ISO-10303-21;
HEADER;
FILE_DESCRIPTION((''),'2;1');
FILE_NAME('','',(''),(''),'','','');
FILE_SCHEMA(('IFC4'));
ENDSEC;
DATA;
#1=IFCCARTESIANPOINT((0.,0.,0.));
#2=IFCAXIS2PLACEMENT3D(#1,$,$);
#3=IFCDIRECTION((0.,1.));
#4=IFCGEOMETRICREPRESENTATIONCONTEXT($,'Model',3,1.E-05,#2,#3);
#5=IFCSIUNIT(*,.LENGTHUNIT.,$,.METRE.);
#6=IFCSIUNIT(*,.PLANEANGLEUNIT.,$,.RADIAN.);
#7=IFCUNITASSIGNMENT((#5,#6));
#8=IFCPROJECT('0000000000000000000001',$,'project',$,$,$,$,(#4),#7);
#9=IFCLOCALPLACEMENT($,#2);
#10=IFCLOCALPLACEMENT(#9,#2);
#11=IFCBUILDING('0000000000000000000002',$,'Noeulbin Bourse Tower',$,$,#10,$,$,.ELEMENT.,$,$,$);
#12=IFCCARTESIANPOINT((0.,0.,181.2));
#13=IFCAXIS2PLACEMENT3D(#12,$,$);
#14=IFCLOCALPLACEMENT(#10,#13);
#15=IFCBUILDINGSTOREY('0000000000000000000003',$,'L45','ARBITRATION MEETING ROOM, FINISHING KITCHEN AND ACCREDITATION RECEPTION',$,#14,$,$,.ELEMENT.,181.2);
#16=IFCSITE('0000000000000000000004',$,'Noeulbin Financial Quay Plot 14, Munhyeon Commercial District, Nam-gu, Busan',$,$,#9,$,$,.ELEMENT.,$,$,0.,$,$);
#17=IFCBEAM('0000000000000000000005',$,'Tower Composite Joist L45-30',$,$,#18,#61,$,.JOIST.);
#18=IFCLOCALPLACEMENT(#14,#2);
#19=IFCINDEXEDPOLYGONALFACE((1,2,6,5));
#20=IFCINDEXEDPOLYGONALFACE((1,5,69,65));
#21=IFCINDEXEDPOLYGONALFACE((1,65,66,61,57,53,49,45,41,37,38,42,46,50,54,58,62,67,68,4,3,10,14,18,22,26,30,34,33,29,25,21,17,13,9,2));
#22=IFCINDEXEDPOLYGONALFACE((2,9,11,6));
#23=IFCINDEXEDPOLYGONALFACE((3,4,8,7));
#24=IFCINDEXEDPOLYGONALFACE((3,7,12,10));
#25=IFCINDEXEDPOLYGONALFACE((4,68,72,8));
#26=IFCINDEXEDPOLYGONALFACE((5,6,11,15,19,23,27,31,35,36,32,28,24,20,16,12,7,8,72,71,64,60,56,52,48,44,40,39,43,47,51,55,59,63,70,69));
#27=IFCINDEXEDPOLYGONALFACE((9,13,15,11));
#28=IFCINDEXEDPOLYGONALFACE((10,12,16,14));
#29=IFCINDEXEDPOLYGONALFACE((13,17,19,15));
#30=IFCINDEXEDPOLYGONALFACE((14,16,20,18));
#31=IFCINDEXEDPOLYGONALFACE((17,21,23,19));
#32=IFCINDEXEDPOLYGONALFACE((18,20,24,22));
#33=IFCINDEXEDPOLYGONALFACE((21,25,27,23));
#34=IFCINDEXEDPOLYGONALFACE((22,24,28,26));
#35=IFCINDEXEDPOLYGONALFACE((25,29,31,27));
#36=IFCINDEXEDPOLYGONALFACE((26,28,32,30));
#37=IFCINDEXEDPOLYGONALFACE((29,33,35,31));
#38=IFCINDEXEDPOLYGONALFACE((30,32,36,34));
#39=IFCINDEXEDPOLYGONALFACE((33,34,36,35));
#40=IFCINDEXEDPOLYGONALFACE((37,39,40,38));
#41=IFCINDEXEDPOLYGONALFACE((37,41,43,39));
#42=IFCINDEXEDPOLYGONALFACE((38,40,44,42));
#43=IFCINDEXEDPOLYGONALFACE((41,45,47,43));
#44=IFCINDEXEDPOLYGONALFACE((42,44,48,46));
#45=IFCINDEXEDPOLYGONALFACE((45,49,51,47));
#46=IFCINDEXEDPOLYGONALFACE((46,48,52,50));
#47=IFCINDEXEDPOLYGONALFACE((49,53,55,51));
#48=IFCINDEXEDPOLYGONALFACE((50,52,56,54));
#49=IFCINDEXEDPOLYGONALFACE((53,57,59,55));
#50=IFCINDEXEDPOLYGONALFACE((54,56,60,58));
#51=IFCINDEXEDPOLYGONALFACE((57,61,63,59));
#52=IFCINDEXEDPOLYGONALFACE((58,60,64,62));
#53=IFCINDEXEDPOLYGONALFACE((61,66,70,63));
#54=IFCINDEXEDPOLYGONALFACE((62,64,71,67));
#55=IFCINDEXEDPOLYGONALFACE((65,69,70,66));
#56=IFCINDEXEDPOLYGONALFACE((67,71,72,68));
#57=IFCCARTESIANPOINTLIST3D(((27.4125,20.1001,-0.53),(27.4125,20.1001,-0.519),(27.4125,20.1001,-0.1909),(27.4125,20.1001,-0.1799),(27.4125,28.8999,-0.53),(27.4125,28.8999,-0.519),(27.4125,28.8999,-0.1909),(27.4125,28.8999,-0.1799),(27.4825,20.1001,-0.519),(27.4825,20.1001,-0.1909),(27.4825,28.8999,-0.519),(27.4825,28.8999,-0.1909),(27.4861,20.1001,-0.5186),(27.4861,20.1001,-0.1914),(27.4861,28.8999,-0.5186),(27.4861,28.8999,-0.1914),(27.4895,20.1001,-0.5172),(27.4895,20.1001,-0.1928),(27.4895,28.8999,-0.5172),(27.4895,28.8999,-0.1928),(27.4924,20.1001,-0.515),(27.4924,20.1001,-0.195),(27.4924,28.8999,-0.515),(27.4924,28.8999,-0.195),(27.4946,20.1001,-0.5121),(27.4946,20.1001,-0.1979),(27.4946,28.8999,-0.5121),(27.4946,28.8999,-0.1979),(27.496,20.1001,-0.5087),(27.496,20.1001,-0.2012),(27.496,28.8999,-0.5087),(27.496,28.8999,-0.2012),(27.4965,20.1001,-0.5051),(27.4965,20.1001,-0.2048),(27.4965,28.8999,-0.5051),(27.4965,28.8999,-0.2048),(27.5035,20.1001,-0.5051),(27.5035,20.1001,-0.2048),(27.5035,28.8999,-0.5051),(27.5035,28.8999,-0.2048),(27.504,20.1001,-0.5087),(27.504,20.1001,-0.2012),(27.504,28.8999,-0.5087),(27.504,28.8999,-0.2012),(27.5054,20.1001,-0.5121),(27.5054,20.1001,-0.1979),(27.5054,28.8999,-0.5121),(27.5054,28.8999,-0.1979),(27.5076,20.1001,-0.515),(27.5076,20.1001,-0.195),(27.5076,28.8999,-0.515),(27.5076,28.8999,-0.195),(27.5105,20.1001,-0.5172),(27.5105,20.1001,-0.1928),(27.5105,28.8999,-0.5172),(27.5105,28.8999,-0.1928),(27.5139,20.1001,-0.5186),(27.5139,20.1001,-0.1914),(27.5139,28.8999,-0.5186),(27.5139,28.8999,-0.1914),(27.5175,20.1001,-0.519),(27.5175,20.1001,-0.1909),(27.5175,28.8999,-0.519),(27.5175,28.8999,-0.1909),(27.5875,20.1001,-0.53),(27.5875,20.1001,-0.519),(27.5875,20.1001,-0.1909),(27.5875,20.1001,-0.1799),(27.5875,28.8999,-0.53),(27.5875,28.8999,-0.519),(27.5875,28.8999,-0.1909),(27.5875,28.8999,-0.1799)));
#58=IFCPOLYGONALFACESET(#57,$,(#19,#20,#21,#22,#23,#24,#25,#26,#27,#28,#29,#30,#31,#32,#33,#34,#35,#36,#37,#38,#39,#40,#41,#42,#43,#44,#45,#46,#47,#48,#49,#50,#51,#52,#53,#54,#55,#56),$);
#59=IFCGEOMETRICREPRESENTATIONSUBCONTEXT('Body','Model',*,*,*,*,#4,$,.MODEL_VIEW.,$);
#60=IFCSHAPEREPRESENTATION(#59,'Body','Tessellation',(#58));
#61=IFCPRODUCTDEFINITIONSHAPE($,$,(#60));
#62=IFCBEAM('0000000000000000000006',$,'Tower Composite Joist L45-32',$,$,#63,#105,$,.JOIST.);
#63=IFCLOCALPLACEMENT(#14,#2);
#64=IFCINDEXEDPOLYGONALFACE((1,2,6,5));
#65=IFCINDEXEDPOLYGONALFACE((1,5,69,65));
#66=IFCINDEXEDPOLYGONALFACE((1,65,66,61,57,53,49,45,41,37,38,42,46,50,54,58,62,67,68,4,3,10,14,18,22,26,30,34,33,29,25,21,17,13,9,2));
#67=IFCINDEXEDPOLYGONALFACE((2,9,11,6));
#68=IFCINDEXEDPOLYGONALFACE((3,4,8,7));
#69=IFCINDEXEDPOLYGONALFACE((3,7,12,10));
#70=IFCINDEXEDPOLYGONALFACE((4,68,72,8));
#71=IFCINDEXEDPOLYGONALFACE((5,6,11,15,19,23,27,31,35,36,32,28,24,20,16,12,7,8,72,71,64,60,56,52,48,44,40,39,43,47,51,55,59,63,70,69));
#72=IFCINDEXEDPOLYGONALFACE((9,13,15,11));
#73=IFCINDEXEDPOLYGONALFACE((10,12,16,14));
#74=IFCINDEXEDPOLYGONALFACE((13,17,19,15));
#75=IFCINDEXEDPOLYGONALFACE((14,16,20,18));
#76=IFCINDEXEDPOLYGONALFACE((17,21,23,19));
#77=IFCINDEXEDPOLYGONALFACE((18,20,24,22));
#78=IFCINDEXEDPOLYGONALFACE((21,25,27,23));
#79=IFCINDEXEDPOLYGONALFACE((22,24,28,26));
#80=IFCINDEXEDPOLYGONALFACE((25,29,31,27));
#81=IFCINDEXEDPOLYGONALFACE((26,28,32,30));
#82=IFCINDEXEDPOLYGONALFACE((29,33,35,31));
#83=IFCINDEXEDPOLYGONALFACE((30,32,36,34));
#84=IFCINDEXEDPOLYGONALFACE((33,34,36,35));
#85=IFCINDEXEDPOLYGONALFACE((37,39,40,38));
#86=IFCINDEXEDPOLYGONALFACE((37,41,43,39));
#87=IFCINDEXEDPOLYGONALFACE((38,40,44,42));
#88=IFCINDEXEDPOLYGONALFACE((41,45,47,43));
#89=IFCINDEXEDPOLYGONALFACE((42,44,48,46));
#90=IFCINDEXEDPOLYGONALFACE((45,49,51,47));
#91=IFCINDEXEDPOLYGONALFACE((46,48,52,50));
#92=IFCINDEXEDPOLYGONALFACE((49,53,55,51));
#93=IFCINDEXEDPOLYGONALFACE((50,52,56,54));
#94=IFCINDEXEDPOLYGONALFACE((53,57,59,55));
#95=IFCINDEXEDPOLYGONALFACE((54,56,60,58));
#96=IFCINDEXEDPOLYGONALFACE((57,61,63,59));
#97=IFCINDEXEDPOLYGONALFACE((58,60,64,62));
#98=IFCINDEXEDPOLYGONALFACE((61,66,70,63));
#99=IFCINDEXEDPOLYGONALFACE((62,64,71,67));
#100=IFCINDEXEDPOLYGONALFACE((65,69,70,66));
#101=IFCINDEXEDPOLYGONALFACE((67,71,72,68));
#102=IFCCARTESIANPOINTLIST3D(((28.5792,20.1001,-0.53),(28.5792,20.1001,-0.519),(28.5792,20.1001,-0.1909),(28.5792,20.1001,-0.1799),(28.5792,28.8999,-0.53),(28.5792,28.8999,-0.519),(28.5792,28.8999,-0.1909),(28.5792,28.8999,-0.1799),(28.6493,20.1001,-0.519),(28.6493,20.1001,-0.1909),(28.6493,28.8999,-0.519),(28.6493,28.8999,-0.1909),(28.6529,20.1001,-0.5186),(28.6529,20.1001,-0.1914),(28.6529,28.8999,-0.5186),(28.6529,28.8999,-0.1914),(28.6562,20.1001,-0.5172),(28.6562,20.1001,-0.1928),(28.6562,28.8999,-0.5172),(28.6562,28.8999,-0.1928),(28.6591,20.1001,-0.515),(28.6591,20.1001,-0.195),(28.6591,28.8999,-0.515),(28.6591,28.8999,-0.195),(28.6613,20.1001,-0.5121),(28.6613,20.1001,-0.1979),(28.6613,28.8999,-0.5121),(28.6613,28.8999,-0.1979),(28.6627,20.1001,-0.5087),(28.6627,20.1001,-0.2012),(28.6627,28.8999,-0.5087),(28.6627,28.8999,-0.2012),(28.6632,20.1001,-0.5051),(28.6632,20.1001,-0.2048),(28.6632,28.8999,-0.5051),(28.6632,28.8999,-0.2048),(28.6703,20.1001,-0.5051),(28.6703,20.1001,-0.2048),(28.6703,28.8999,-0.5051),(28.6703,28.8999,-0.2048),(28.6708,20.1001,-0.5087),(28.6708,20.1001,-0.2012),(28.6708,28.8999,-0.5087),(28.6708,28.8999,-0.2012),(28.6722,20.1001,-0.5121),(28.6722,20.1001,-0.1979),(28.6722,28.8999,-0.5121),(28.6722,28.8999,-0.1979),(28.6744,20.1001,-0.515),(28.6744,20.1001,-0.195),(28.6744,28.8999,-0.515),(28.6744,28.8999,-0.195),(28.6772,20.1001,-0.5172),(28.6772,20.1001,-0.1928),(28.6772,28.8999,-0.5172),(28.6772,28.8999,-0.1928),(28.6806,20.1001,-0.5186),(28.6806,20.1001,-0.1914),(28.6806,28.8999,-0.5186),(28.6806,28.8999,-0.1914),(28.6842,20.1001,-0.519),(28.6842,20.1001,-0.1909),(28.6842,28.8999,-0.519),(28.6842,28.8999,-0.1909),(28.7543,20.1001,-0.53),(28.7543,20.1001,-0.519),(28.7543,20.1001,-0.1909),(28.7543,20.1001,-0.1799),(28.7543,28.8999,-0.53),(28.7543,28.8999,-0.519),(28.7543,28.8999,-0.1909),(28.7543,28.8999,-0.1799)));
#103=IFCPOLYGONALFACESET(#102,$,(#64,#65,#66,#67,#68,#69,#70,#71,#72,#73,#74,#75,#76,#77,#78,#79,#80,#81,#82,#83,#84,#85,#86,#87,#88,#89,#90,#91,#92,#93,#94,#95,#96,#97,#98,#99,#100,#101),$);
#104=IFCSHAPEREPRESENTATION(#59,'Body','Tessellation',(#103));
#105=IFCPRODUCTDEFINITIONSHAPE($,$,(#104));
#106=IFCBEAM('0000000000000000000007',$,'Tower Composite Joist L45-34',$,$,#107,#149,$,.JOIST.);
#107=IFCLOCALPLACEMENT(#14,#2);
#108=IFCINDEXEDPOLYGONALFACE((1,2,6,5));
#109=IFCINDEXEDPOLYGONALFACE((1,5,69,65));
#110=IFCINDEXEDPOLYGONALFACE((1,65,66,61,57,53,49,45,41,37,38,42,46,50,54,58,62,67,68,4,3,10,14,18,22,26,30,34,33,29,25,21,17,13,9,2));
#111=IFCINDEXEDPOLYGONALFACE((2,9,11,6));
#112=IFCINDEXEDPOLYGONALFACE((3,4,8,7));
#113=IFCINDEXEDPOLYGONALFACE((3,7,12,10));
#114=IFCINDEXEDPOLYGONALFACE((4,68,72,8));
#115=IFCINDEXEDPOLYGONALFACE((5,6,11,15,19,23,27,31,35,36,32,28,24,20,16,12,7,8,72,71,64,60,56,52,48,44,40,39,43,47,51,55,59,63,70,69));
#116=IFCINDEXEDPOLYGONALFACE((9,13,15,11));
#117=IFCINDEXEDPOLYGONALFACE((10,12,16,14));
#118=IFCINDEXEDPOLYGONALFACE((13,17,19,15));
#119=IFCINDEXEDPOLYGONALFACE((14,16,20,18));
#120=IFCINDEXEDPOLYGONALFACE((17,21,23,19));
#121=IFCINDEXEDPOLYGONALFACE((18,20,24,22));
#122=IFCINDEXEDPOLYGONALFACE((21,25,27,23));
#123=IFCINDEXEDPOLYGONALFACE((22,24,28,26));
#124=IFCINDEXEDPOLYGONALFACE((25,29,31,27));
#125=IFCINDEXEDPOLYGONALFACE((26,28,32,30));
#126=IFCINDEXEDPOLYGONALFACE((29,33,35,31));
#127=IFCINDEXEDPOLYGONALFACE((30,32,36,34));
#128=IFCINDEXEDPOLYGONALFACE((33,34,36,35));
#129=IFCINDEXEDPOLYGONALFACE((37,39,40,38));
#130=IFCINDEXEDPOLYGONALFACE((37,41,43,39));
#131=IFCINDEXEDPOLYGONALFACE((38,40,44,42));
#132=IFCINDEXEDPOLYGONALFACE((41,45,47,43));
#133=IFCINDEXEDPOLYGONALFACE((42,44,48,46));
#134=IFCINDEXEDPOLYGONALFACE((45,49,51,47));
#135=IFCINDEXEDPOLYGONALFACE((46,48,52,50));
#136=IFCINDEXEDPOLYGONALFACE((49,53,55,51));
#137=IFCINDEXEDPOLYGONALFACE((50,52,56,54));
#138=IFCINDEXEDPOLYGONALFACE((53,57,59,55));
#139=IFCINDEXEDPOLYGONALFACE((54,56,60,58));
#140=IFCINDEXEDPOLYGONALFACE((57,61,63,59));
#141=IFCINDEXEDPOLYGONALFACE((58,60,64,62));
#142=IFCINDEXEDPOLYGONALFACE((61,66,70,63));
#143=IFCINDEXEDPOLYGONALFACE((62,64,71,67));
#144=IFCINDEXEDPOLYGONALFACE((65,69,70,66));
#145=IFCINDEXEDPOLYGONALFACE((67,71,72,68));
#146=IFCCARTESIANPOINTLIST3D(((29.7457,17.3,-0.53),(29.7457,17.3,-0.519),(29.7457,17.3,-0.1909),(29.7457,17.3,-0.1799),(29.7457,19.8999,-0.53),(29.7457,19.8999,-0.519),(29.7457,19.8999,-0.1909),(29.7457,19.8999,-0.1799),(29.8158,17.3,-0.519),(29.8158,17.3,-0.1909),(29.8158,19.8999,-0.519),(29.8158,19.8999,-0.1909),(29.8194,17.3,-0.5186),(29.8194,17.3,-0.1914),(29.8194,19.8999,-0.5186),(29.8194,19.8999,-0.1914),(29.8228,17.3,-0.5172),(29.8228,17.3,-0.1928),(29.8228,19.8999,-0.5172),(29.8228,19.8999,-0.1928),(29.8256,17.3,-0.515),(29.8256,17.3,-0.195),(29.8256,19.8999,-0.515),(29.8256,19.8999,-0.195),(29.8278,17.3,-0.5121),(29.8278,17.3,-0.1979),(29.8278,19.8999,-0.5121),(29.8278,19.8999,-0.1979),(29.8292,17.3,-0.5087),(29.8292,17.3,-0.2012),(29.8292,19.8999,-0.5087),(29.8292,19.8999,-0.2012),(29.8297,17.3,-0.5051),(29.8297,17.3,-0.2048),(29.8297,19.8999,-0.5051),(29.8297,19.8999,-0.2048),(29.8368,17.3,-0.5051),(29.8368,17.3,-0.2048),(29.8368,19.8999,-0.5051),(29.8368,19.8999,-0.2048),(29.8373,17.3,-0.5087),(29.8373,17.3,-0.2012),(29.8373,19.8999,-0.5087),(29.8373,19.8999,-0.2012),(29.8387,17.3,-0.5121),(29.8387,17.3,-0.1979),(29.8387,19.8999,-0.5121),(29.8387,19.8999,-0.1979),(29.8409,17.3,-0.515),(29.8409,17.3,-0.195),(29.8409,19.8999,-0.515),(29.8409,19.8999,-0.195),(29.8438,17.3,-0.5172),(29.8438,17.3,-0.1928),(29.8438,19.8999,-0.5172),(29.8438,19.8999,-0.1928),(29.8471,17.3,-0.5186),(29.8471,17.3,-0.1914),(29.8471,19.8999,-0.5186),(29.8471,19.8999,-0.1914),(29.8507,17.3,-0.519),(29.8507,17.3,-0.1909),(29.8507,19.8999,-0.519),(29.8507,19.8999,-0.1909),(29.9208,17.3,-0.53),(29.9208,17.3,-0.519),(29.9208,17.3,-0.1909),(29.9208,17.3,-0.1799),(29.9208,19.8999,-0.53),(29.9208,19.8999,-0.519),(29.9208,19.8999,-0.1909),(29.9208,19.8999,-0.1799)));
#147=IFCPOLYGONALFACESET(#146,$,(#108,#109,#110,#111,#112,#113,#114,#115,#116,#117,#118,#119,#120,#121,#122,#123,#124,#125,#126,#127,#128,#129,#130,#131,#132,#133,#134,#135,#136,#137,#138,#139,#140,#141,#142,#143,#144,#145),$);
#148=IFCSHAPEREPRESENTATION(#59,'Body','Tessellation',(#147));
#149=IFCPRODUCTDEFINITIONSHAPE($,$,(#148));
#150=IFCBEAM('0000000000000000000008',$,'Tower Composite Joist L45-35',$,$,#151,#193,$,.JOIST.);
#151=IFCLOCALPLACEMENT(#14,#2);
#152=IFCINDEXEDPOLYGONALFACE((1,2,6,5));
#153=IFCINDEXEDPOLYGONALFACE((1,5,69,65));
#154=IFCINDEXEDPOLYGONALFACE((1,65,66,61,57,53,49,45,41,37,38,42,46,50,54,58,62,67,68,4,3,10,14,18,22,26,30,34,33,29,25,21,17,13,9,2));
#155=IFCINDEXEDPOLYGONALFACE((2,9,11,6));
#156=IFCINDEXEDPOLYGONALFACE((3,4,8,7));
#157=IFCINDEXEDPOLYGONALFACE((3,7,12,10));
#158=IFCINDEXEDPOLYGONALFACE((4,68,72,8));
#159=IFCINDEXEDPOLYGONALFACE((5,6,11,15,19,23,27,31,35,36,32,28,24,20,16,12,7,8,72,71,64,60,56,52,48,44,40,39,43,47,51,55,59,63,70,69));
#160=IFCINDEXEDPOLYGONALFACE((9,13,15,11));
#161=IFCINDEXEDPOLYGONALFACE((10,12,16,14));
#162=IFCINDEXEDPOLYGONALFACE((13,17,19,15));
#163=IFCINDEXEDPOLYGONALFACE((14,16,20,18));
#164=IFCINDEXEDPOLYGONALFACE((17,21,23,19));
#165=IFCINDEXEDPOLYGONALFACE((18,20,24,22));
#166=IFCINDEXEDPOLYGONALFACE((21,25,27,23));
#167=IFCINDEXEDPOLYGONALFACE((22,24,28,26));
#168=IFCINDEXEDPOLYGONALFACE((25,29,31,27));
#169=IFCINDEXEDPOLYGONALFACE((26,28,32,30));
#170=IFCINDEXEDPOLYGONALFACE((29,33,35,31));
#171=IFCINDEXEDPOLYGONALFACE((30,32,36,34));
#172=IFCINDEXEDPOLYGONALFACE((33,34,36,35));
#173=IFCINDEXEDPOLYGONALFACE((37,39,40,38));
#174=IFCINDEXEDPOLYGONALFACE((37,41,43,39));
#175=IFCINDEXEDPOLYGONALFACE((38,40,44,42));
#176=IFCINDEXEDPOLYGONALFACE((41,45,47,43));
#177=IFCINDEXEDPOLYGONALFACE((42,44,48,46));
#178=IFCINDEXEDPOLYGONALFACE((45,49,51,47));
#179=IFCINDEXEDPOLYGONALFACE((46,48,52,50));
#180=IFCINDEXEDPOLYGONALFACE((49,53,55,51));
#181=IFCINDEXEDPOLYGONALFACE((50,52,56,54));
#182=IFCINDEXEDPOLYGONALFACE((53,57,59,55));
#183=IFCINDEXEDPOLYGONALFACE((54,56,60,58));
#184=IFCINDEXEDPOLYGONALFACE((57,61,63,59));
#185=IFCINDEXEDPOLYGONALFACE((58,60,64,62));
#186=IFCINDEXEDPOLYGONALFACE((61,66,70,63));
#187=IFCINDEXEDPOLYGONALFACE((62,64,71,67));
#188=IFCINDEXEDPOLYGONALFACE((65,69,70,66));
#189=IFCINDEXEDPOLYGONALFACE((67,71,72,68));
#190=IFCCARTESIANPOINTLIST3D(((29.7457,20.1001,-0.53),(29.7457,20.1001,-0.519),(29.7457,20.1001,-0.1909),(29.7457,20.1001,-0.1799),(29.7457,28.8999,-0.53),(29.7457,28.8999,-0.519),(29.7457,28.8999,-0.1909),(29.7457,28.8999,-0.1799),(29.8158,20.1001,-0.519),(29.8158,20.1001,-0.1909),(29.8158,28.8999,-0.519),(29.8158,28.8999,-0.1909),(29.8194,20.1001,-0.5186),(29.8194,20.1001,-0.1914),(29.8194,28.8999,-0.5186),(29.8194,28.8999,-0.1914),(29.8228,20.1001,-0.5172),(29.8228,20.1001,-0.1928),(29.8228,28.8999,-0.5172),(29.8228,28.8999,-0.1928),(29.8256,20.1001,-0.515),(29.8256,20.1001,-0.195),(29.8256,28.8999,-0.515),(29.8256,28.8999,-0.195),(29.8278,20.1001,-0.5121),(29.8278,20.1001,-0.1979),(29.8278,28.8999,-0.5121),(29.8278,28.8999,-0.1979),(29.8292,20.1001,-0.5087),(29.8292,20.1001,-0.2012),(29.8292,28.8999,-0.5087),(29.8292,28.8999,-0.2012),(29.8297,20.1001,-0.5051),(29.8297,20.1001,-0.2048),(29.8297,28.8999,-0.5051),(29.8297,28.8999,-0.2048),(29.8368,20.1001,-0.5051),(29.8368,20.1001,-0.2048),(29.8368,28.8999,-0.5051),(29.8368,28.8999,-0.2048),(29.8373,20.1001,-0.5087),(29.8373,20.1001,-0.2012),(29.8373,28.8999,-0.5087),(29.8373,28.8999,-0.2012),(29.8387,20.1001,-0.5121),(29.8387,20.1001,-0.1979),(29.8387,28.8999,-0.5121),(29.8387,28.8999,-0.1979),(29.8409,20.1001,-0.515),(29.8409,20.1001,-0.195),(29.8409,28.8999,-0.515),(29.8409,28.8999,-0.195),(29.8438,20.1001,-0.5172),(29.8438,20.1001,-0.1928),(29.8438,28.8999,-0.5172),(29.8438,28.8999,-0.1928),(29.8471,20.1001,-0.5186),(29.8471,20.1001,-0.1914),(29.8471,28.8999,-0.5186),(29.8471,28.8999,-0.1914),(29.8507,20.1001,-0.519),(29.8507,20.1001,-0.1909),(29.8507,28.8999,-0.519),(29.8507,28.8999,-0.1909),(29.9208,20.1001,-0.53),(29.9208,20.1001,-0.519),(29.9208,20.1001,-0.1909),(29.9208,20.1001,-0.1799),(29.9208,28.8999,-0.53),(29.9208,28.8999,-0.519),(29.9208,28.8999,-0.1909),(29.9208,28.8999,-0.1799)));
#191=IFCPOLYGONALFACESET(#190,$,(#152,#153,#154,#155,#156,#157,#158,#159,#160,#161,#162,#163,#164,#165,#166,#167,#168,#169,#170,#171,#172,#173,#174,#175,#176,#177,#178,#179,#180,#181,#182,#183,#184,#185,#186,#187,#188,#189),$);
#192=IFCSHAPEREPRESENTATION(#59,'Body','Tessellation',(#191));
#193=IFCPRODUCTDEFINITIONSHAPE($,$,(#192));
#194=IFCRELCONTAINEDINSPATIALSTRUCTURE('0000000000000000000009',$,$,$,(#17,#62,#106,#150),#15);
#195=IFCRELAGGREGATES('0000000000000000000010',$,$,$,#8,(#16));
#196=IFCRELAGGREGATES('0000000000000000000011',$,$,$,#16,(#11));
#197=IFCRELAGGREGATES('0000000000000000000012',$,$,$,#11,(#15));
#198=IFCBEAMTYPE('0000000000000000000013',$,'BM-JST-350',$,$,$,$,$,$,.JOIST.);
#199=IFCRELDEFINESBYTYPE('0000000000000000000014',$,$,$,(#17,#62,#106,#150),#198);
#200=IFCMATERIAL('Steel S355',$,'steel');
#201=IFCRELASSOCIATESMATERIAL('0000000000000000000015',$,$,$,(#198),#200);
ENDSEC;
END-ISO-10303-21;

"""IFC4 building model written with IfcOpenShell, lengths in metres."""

from ifc_helpers import new_model, si_unit, direction, frame, origin, origin_2d, place, context, subcontext, project, spatial, i_section, extrude, material, material_profile, profile_set, type_object, element, save


model = new_model("IFC4")

# Units and contexts
model_context = context("Model", 3, precision=1e-05, world=origin(), true_north=direction((0.0, 1.0)))
body_context = subcontext(model_context, "Body", "Model", "MODEL_VIEW")
ifc_project = project(units=[si_unit("LENGTHUNIT", "METRE"), si_unit("PLANEANGLEUNIT", "RADIAN")], contexts=[model_context])

# Site, building, storey
site_placement = place(None, origin())
site = spatial("IfcSite", under=ifc_project, at=site_placement, Name="Noeulbin Financial Quay Plot 14, Munhyeon Commercial District, Nam-gu, Busan", CompositionType="ELEMENT", RefElevation=0.0)
building_placement = place(site_placement, origin())
building = spatial("IfcBuilding", under=site, at=building_placement, Name="Noeulbin Bourse Tower", CompositionType="ELEMENT")
storey_placement = place(building_placement, frame((0.0, 0.0, 181.2)))
storey = spatial("IfcBuildingStorey", under=building, at=storey_placement, Name="L45", Description="ARBITRATION MEETING ROOM, FINISHING KITCHEN AND ACCREDITATION RECEPTION", CompositionType="ELEMENT", Elevation=181.2)

# Beams
ifc_material_1 = material(Name="Steel S355", Category="steel")
ifc_material_profile_1 = material_profile(ifc_material_1, i_section(OverallWidth=0.175, OverallDepth=0.3501, WebThickness=0.0071, FlangeThickness=0.011, FilletRadius=0.0139, at=origin_2d()), Name="H-350x175x7x11", Category="LoadBearing")
ifc_profile_set_1 = profile_set([ifc_material_profile_1], Name="Steel S355")
beam_type_1 = type_object("IfcBeamType", Name="BM-JST-350", PredefinedType="JOIST", material=ifc_profile_set_1)
for number, where, z_axis, x_axis, name in (
    (1, (27.5, 20.1001, -0.355), (0.0, 1.0, 0.0), (-1.0, 0.0, 0.0), "Tower Composite Joist L45-30"),
    (2, (28.6667, 20.1001, -0.355), (0.0, 1.0, 0.0), (-1.0, 0.0, 0.0), "Tower Composite Joist L45-32"),
):
    element("IfcBeam", number, at=place(storey_placement, frame(where, z_axis=z_axis, x_axis=x_axis)), inside=storey, type_object=beam_type_1, Name=name, PredefinedType="JOIST", context=body_context, shape_type="SweptSolid", body=[
        extrude(i_section(OverallWidth=0.175, OverallDepth=0.3501, WebThickness=0.0071, FlangeThickness=0.011, FilletRadius=0.0139, at=origin_2d()), origin(), (0.0, 0.0, 1.0), 8.7998),
    ])
beam_1_placement = place(storey_placement, frame((29.8333, 17.3, -0.355), z_axis=(0.0, 1.0, 0.0), x_axis=(-1.0, 0.0, 0.0)))
element("IfcBeam", 3, at=beam_1_placement, inside=storey, type_object=beam_type_1, Name="Tower Composite Joist L45-34", PredefinedType="JOIST", context=body_context, shape_type="SweptSolid", body=[
    extrude(i_section(OverallWidth=0.175, OverallDepth=0.3501, WebThickness=0.0071, FlangeThickness=0.011, FilletRadius=0.0139, at=origin_2d()), origin(), (0.0, 0.0, 1.0), 2.5999),
])
beam_2_placement = place(storey_placement, frame((29.8333, 20.1001, -0.355), z_axis=(0.0, 1.0, 0.0), x_axis=(-1.0, 0.0, 0.0)))
element("IfcBeam", 4, at=beam_2_placement, inside=storey, type_object=beam_type_1, Name="Tower Composite Joist L45-35", PredefinedType="JOIST", context=body_context, shape_type="SweptSolid", body=[
    extrude(i_section(OverallWidth=0.175, OverallDepth=0.3501, WebThickness=0.0071, FlangeThickness=0.011, FilletRadius=0.0139, at=origin_2d()), origin(), (0.0, 0.0, 1.0), 8.7998),
])

save(model, "model.ifc")
